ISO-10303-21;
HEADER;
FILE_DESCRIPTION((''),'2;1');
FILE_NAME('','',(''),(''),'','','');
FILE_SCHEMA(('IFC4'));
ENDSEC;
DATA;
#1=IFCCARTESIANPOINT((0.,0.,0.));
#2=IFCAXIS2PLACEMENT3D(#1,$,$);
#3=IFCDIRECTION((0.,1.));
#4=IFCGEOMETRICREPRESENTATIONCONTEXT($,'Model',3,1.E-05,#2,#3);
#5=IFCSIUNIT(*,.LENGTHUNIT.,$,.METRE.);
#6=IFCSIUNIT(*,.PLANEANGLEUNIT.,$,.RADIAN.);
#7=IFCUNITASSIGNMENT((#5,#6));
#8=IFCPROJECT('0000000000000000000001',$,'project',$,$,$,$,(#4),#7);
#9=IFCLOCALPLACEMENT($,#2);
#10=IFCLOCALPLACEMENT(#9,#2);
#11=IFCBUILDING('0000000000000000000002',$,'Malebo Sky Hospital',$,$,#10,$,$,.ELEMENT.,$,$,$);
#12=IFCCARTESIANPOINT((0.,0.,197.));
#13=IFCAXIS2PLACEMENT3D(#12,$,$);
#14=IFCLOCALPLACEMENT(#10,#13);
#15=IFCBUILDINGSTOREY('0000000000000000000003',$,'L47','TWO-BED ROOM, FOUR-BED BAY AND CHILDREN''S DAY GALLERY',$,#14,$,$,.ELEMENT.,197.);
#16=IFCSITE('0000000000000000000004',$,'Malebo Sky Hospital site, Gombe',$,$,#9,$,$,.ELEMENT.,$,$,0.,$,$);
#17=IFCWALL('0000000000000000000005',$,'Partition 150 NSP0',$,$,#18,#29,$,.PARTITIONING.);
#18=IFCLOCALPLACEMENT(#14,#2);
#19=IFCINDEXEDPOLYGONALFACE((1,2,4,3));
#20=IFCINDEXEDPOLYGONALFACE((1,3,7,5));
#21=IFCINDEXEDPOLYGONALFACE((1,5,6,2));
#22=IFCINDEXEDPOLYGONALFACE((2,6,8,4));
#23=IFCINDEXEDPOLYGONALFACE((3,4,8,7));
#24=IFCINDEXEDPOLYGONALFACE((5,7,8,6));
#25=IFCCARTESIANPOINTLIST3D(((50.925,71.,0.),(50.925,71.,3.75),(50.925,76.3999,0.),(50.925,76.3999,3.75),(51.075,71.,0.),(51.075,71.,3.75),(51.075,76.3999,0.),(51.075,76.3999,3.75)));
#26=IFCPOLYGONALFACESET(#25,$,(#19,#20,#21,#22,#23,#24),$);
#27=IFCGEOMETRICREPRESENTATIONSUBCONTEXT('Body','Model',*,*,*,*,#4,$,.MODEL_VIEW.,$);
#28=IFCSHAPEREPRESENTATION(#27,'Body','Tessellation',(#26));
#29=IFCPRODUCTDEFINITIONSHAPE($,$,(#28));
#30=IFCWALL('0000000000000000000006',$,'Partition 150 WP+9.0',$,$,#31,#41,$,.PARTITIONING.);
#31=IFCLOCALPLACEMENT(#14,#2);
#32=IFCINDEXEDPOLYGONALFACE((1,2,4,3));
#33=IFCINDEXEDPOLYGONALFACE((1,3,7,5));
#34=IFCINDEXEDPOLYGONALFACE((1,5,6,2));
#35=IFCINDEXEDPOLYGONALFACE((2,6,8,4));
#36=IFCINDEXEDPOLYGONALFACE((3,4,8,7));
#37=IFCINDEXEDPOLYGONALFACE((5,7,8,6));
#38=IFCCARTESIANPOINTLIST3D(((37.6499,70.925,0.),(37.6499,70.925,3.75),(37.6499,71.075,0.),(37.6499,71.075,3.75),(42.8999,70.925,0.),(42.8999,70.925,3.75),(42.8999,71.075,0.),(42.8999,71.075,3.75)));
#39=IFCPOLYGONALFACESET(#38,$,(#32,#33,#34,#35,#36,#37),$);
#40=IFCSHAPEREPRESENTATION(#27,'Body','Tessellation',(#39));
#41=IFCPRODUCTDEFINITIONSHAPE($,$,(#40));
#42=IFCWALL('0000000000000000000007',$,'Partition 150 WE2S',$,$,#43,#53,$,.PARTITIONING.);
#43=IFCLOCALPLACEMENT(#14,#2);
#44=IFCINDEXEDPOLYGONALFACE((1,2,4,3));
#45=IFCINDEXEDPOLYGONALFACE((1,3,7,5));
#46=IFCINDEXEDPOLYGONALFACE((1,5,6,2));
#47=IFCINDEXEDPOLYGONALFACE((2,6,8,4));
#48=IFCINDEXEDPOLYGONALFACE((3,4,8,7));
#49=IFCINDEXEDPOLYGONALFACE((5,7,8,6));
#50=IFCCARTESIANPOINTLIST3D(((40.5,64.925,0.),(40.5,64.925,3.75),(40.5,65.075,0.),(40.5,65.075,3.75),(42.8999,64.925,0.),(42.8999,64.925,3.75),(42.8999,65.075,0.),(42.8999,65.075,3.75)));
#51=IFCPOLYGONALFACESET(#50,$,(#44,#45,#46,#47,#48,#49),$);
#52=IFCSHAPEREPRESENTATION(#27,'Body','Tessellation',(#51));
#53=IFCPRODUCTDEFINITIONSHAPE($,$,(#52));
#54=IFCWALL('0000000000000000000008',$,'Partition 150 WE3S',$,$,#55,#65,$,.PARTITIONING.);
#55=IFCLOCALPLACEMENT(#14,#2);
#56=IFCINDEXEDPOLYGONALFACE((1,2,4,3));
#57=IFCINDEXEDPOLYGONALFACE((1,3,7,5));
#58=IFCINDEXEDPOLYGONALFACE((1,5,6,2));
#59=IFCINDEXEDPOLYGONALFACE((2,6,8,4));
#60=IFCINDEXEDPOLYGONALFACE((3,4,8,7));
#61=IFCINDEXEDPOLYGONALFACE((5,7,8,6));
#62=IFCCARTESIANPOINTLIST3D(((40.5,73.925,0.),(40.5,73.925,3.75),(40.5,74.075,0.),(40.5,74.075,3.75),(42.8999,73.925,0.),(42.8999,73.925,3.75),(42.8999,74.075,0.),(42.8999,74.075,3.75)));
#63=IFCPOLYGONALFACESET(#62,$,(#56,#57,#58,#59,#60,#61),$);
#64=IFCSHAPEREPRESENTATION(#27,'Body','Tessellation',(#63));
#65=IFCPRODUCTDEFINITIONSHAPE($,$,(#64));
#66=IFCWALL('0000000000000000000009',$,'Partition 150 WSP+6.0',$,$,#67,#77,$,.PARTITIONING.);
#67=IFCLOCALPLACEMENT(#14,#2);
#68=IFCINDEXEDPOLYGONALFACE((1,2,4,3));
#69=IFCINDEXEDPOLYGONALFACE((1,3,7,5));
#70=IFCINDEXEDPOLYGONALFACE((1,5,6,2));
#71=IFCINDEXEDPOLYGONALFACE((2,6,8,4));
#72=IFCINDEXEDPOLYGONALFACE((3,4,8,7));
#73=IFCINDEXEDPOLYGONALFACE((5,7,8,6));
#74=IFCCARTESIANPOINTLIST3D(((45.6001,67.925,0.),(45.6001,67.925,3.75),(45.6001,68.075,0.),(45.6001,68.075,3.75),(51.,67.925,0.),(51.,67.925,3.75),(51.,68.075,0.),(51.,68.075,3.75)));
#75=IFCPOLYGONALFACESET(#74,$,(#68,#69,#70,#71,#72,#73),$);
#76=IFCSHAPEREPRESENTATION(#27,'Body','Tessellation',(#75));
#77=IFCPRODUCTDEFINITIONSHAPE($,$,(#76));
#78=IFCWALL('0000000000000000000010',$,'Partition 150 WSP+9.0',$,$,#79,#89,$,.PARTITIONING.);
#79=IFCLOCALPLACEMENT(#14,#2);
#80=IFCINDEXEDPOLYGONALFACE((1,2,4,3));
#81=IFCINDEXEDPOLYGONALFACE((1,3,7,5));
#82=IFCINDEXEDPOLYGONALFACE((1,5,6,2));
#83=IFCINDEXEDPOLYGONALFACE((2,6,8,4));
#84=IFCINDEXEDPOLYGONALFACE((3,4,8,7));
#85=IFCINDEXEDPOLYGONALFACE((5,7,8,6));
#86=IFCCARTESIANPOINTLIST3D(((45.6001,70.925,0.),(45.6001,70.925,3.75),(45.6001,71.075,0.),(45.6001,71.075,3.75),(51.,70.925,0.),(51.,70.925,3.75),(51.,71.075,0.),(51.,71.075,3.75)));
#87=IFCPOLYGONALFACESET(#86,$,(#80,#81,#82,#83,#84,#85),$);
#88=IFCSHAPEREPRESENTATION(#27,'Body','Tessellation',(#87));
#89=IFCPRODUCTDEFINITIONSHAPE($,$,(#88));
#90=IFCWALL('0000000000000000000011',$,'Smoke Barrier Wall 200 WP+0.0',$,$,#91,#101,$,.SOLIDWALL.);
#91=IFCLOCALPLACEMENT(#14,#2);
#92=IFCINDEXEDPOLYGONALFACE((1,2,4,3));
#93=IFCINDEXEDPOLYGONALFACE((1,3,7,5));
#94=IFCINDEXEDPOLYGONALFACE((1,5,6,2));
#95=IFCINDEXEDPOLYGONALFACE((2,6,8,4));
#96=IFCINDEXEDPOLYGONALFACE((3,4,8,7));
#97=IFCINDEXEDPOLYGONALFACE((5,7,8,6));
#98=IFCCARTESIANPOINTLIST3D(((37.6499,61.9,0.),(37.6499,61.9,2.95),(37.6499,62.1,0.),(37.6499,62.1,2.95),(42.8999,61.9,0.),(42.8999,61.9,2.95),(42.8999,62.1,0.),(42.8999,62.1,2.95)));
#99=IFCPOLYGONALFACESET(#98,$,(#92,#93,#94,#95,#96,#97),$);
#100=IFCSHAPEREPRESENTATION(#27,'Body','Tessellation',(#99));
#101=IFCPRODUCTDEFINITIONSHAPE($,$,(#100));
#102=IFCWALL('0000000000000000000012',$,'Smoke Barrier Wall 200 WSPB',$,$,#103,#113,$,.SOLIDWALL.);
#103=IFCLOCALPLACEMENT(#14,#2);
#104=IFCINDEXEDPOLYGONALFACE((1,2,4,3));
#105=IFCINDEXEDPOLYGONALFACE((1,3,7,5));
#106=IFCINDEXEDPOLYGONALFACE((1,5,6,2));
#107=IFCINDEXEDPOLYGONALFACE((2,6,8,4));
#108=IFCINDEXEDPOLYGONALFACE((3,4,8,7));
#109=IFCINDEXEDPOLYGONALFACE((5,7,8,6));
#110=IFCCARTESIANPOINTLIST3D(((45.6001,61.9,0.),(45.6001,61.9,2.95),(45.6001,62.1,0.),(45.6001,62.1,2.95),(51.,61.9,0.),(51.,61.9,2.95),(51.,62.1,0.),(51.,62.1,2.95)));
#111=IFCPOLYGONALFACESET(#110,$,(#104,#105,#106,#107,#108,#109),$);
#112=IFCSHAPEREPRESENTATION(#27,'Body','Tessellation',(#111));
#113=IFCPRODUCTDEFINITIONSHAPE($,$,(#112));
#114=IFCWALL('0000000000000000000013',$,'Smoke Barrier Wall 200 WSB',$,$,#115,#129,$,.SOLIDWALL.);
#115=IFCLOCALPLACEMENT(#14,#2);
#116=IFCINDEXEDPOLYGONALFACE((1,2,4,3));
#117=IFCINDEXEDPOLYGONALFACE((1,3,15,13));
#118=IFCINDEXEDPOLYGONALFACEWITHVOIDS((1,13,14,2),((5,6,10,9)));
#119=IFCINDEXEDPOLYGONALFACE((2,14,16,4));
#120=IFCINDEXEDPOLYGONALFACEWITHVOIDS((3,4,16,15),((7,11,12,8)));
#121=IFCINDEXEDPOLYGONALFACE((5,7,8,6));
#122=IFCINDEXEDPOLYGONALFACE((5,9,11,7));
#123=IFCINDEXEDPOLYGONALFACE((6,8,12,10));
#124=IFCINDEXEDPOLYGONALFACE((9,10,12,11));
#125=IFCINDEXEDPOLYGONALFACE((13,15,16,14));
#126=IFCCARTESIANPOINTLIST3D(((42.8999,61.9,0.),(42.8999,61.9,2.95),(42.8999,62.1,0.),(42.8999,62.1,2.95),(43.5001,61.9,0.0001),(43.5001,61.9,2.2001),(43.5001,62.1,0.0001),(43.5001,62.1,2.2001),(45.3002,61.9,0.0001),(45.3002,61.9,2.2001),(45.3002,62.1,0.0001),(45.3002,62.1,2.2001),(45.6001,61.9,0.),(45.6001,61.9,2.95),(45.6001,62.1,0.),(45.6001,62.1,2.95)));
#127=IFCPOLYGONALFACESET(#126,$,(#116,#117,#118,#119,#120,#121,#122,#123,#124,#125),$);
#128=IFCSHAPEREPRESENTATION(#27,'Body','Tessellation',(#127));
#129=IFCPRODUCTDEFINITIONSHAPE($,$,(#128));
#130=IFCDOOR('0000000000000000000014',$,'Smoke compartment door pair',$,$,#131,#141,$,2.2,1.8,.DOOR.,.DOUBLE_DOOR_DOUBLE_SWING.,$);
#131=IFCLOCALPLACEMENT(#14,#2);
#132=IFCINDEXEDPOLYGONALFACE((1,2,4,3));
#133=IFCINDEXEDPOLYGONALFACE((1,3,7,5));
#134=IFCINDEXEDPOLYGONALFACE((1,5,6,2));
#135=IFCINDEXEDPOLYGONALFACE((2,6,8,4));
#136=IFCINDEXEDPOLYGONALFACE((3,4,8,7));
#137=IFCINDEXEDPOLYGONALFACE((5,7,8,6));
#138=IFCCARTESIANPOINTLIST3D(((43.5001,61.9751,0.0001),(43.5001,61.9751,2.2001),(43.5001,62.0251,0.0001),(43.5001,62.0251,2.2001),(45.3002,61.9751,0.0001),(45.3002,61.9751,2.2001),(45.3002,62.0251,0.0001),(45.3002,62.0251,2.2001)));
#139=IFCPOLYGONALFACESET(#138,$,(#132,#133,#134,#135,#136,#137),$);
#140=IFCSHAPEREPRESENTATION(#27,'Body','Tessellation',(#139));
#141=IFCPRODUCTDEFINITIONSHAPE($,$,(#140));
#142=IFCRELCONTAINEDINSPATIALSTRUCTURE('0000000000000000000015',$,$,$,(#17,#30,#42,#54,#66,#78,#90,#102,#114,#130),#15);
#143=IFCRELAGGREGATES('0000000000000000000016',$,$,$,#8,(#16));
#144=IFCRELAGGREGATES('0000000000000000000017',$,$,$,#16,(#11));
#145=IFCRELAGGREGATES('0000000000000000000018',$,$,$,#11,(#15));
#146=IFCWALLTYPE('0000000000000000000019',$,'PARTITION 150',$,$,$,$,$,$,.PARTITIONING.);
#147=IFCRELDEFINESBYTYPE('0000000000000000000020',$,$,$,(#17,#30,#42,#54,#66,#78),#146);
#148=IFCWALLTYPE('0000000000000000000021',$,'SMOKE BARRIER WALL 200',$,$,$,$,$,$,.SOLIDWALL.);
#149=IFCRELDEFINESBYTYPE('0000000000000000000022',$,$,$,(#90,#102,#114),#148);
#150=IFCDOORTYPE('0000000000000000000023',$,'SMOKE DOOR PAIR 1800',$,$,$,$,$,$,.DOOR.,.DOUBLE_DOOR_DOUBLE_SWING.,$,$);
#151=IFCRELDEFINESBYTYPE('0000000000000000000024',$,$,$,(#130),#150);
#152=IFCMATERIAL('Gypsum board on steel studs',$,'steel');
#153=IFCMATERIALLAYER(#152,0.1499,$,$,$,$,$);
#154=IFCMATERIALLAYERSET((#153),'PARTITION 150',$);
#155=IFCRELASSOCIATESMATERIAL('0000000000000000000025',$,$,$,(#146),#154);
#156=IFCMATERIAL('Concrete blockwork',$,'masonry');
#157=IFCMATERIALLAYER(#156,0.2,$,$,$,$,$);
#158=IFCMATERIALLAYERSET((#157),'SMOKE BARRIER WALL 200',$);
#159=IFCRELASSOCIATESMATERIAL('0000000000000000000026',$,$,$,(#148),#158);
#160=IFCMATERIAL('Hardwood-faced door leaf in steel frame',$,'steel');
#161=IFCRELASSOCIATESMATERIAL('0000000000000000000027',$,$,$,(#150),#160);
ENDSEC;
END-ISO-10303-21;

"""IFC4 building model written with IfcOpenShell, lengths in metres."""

from ifc_helpers import new_model, si_unit, direction, frame, frame_2d, origin, place, context, subcontext, project, spatial, rectangle, extrude, material, layer, layer_set, type_object, element, fill, save


model = new_model("IFC4")

# Units and contexts
model_context = context("Model", 3, precision=1e-05, world=origin(), true_north=direction((0.0, 1.0)))
body_context = subcontext(model_context, "Body", "Model", "MODEL_VIEW")
ifc_project = project(units=[si_unit("LENGTHUNIT", "METRE"), si_unit("PLANEANGLEUNIT", "RADIAN")], contexts=[model_context])

# Site, building, storey
site_placement = place(None, origin())
site = spatial("IfcSite", under=ifc_project, at=site_placement, Name="Malebo Sky Hospital site, Gombe", CompositionType="ELEMENT", RefElevation=0.0)
building_placement = place(site_placement, origin())
building = spatial("IfcBuilding", under=site, at=building_placement, Name="Malebo Sky Hospital", CompositionType="ELEMENT")
storey_placement = place(building_placement, frame((0.0, 0.0, 197.0)))
storey = spatial("IfcBuildingStorey", under=building, at=storey_placement, Name="L47", Description="TWO-BED ROOM, FOUR-BED BAY AND CHILDREN'S DAY GALLERY", CompositionType="ELEMENT", Elevation=197.0)

# Shared definitions
ifc_material_1 = material(Name="Hardwood-faced door leaf in steel frame", Category="steel")

# Shared definitions
ifc_material_2 = material(Name="Gypsum board on steel studs", Category="steel")

# Walls
ifc_layer_1 = layer(ifc_material_2, 0.1499)
ifc_layer_set_1 = layer_set([ifc_layer_1], Name="PARTITION 150")
wall_type_1 = type_object("IfcWallType", Name="PARTITION 150", PredefinedType="PARTITIONING", material=ifc_layer_set_1)
wall_1_placement = place(storey_placement, frame((51.0, 71.0, 0.0), z_axis=(0.0, 0.0, 1.0), x_axis=(0.0, 1.0, 0.0)))
element("IfcWall", 1, at=wall_1_placement, inside=storey, type_object=wall_type_1, Name="Partition 150 NSP0", PredefinedType="PARTITIONING", context=body_context, shape_type="SweptSolid", body=[
    extrude(rectangle(XDim=5.3999, YDim=0.1499, at=frame_2d((2.7, 0.0))), origin(), (0.0, 0.0, 1.0), 3.75),
])
wall_2_placement = place(storey_placement, frame((42.8999, 71.0, 0.0), z_axis=(0.0, 0.0, 1.0), x_axis=(-1.0, 0.0, 0.0)))
element("IfcWall", 2, at=wall_2_placement, inside=storey, type_object=wall_type_1, Name="Partition 150 WP+9.0", PredefinedType="PARTITIONING", context=body_context, shape_type="SweptSolid", body=[
    extrude(rectangle(XDim=5.25, YDim=0.1499, at=frame_2d((2.625, 0.0))), origin(), (0.0, 0.0, 1.0), 3.75),
])
for number, where, z_axis, x_axis, name in (
    (3, (42.8999, 65.0, 0.0), (0.0, 0.0, 1.0), (-1.0, 0.0, 0.0), "Partition 150 WE2S"),
    (4, (42.8999, 74.0, 0.0), (0.0, 0.0, 1.0), (-1.0, 0.0, 0.0), "Partition 150 WE3S"),
):
    element("IfcWall", number, at=place(storey_placement, frame(where, z_axis=z_axis, x_axis=x_axis)), inside=storey, type_object=wall_type_1, Name=name, PredefinedType="PARTITIONING", context=body_context, shape_type="SweptSolid", body=[
        extrude(rectangle(XDim=2.3999, YDim=0.1499, at=frame_2d((1.2, 0.0))), origin(), (0.0, 0.0, 1.0), 3.75),
    ])
for number, where, z_axis, x_axis, name in (
    (5, (51.0, 68.0, 0.0), (0.0, 0.0, 1.0), (-1.0, 0.0, 0.0), "Partition 150 WSP+6.0"),
    (6, (51.0, 71.0, 0.0), (0.0, 0.0, 1.0), (-1.0, 0.0, 0.0), "Partition 150 WSP+9.0"),
):
    element("IfcWall", number, at=place(storey_placement, frame(where, z_axis=z_axis, x_axis=x_axis)), inside=storey, type_object=wall_type_1, Name=name, PredefinedType="PARTITIONING", context=body_context, shape_type="SweptSolid", body=[
        extrude(rectangle(XDim=5.3999, YDim=0.1499, at=frame_2d((2.7, 0.0))), origin(), (0.0, 0.0, 1.0), 3.75),
    ])
ifc_material_3 = material(Name="Concrete blockwork", Category="masonry")
ifc_layer_2 = layer(ifc_material_3, 0.2)
ifc_layer_set_2 = layer_set([ifc_layer_2], Name="SMOKE BARRIER WALL 200")
wall_type_2 = type_object("IfcWallType", Name="SMOKE BARRIER WALL 200", PredefinedType="SOLIDWALL", material=ifc_layer_set_2)
wall_3_placement = place(storey_placement, frame((42.8999, 62.0, 0.0), z_axis=(0.0, 0.0, 1.0), x_axis=(-1.0, 0.0, 0.0)))
element("IfcWall", 7, at=wall_3_placement, inside=storey, type_object=wall_type_2, Name="Smoke Barrier Wall 200 WP+0.0", PredefinedType="SOLIDWALL", context=body_context, shape_type="SweptSolid", body=[
    extrude(rectangle(XDim=5.25, YDim=0.2, at=frame_2d((2.625, 0.0))), origin(), (0.0, 0.0, 1.0), 2.95),
])
wall_4_placement = place(storey_placement, frame((51.0, 62.0, 0.0), z_axis=(0.0, 0.0, 1.0), x_axis=(-1.0, 0.0, 0.0)))
element("IfcWall", 8, at=wall_4_placement, inside=storey, type_object=wall_type_2, Name="Smoke Barrier Wall 200 WSPB", PredefinedType="SOLIDWALL", context=body_context, shape_type="SweptSolid", body=[
    extrude(rectangle(XDim=5.3999, YDim=0.2, at=frame_2d((2.7, 0.0))), origin(), (0.0, 0.0, 1.0), 2.95),
])

# Wall, opening, door
wall_5_placement = place(storey_placement, frame((45.6001, 62.0, 0.0), z_axis=(0.0, 0.0, 1.0), x_axis=(-1.0, 0.0, 0.0)))
wall_5 = element("IfcWall", 9, at=wall_5_placement, inside=storey, type_object=wall_type_2, Name="Smoke Barrier Wall 200 WSB", PredefinedType="SOLIDWALL", context=body_context, shape_type="SweptSolid", body=[
    extrude(rectangle(XDim=2.7002, YDim=0.2, at=frame_2d((1.3501, 0.0))), origin(), (0.0, 0.0, 1.0), 2.95),
])
opening_1_placement = place(wall_5_placement, frame((0.3, 0.0, 0.0)))
opening_1 = element("IfcOpeningElement", 10, at=opening_1_placement, cuts=wall_5, PredefinedType="OPENING", context=body_context, shape_type="SweptSolid", body=[
    extrude(rectangle(XDim=1.8, YDim=2.2, at=frame_2d((0.8999, 1.1001))), frame((0.0, 0.1099, 0.0), z_axis=(0.0, -1.0, 0.0), x_axis=(1.0, 0.0, 0.0)), (0.0, 0.0, 1.0), 0.22),
])
door_type_1 = type_object("IfcDoorType", Name="SMOKE DOOR PAIR 1800", OperationType="DOUBLE_DOOR_DOUBLE_SWING", PredefinedType="DOOR", material=ifc_material_1)
door_1_placement = place(opening_1_placement, origin())
door_1 = element("IfcDoor", 11, at=door_1_placement, inside=storey, type_object=door_type_1, Name="Smoke compartment door pair", OperationType="DOUBLE_DOOR_DOUBLE_SWING", OverallHeight=2.2, OverallWidth=1.8, PredefinedType="DOOR", context=body_context, shape_type="SweptSolid", body=[
    extrude(rectangle(XDim=1.8, YDim=2.2, at=frame_2d((0.8999, 1.1001))), frame((0.0, 0.0249, 0.0), z_axis=(0.0, -1.0, 0.0), x_axis=(1.0, 0.0, 0.0)), (0.0, 0.0, 1.0), 0.05),
])
fill(opening_1, door_1)

save(model, "model.ifc")
